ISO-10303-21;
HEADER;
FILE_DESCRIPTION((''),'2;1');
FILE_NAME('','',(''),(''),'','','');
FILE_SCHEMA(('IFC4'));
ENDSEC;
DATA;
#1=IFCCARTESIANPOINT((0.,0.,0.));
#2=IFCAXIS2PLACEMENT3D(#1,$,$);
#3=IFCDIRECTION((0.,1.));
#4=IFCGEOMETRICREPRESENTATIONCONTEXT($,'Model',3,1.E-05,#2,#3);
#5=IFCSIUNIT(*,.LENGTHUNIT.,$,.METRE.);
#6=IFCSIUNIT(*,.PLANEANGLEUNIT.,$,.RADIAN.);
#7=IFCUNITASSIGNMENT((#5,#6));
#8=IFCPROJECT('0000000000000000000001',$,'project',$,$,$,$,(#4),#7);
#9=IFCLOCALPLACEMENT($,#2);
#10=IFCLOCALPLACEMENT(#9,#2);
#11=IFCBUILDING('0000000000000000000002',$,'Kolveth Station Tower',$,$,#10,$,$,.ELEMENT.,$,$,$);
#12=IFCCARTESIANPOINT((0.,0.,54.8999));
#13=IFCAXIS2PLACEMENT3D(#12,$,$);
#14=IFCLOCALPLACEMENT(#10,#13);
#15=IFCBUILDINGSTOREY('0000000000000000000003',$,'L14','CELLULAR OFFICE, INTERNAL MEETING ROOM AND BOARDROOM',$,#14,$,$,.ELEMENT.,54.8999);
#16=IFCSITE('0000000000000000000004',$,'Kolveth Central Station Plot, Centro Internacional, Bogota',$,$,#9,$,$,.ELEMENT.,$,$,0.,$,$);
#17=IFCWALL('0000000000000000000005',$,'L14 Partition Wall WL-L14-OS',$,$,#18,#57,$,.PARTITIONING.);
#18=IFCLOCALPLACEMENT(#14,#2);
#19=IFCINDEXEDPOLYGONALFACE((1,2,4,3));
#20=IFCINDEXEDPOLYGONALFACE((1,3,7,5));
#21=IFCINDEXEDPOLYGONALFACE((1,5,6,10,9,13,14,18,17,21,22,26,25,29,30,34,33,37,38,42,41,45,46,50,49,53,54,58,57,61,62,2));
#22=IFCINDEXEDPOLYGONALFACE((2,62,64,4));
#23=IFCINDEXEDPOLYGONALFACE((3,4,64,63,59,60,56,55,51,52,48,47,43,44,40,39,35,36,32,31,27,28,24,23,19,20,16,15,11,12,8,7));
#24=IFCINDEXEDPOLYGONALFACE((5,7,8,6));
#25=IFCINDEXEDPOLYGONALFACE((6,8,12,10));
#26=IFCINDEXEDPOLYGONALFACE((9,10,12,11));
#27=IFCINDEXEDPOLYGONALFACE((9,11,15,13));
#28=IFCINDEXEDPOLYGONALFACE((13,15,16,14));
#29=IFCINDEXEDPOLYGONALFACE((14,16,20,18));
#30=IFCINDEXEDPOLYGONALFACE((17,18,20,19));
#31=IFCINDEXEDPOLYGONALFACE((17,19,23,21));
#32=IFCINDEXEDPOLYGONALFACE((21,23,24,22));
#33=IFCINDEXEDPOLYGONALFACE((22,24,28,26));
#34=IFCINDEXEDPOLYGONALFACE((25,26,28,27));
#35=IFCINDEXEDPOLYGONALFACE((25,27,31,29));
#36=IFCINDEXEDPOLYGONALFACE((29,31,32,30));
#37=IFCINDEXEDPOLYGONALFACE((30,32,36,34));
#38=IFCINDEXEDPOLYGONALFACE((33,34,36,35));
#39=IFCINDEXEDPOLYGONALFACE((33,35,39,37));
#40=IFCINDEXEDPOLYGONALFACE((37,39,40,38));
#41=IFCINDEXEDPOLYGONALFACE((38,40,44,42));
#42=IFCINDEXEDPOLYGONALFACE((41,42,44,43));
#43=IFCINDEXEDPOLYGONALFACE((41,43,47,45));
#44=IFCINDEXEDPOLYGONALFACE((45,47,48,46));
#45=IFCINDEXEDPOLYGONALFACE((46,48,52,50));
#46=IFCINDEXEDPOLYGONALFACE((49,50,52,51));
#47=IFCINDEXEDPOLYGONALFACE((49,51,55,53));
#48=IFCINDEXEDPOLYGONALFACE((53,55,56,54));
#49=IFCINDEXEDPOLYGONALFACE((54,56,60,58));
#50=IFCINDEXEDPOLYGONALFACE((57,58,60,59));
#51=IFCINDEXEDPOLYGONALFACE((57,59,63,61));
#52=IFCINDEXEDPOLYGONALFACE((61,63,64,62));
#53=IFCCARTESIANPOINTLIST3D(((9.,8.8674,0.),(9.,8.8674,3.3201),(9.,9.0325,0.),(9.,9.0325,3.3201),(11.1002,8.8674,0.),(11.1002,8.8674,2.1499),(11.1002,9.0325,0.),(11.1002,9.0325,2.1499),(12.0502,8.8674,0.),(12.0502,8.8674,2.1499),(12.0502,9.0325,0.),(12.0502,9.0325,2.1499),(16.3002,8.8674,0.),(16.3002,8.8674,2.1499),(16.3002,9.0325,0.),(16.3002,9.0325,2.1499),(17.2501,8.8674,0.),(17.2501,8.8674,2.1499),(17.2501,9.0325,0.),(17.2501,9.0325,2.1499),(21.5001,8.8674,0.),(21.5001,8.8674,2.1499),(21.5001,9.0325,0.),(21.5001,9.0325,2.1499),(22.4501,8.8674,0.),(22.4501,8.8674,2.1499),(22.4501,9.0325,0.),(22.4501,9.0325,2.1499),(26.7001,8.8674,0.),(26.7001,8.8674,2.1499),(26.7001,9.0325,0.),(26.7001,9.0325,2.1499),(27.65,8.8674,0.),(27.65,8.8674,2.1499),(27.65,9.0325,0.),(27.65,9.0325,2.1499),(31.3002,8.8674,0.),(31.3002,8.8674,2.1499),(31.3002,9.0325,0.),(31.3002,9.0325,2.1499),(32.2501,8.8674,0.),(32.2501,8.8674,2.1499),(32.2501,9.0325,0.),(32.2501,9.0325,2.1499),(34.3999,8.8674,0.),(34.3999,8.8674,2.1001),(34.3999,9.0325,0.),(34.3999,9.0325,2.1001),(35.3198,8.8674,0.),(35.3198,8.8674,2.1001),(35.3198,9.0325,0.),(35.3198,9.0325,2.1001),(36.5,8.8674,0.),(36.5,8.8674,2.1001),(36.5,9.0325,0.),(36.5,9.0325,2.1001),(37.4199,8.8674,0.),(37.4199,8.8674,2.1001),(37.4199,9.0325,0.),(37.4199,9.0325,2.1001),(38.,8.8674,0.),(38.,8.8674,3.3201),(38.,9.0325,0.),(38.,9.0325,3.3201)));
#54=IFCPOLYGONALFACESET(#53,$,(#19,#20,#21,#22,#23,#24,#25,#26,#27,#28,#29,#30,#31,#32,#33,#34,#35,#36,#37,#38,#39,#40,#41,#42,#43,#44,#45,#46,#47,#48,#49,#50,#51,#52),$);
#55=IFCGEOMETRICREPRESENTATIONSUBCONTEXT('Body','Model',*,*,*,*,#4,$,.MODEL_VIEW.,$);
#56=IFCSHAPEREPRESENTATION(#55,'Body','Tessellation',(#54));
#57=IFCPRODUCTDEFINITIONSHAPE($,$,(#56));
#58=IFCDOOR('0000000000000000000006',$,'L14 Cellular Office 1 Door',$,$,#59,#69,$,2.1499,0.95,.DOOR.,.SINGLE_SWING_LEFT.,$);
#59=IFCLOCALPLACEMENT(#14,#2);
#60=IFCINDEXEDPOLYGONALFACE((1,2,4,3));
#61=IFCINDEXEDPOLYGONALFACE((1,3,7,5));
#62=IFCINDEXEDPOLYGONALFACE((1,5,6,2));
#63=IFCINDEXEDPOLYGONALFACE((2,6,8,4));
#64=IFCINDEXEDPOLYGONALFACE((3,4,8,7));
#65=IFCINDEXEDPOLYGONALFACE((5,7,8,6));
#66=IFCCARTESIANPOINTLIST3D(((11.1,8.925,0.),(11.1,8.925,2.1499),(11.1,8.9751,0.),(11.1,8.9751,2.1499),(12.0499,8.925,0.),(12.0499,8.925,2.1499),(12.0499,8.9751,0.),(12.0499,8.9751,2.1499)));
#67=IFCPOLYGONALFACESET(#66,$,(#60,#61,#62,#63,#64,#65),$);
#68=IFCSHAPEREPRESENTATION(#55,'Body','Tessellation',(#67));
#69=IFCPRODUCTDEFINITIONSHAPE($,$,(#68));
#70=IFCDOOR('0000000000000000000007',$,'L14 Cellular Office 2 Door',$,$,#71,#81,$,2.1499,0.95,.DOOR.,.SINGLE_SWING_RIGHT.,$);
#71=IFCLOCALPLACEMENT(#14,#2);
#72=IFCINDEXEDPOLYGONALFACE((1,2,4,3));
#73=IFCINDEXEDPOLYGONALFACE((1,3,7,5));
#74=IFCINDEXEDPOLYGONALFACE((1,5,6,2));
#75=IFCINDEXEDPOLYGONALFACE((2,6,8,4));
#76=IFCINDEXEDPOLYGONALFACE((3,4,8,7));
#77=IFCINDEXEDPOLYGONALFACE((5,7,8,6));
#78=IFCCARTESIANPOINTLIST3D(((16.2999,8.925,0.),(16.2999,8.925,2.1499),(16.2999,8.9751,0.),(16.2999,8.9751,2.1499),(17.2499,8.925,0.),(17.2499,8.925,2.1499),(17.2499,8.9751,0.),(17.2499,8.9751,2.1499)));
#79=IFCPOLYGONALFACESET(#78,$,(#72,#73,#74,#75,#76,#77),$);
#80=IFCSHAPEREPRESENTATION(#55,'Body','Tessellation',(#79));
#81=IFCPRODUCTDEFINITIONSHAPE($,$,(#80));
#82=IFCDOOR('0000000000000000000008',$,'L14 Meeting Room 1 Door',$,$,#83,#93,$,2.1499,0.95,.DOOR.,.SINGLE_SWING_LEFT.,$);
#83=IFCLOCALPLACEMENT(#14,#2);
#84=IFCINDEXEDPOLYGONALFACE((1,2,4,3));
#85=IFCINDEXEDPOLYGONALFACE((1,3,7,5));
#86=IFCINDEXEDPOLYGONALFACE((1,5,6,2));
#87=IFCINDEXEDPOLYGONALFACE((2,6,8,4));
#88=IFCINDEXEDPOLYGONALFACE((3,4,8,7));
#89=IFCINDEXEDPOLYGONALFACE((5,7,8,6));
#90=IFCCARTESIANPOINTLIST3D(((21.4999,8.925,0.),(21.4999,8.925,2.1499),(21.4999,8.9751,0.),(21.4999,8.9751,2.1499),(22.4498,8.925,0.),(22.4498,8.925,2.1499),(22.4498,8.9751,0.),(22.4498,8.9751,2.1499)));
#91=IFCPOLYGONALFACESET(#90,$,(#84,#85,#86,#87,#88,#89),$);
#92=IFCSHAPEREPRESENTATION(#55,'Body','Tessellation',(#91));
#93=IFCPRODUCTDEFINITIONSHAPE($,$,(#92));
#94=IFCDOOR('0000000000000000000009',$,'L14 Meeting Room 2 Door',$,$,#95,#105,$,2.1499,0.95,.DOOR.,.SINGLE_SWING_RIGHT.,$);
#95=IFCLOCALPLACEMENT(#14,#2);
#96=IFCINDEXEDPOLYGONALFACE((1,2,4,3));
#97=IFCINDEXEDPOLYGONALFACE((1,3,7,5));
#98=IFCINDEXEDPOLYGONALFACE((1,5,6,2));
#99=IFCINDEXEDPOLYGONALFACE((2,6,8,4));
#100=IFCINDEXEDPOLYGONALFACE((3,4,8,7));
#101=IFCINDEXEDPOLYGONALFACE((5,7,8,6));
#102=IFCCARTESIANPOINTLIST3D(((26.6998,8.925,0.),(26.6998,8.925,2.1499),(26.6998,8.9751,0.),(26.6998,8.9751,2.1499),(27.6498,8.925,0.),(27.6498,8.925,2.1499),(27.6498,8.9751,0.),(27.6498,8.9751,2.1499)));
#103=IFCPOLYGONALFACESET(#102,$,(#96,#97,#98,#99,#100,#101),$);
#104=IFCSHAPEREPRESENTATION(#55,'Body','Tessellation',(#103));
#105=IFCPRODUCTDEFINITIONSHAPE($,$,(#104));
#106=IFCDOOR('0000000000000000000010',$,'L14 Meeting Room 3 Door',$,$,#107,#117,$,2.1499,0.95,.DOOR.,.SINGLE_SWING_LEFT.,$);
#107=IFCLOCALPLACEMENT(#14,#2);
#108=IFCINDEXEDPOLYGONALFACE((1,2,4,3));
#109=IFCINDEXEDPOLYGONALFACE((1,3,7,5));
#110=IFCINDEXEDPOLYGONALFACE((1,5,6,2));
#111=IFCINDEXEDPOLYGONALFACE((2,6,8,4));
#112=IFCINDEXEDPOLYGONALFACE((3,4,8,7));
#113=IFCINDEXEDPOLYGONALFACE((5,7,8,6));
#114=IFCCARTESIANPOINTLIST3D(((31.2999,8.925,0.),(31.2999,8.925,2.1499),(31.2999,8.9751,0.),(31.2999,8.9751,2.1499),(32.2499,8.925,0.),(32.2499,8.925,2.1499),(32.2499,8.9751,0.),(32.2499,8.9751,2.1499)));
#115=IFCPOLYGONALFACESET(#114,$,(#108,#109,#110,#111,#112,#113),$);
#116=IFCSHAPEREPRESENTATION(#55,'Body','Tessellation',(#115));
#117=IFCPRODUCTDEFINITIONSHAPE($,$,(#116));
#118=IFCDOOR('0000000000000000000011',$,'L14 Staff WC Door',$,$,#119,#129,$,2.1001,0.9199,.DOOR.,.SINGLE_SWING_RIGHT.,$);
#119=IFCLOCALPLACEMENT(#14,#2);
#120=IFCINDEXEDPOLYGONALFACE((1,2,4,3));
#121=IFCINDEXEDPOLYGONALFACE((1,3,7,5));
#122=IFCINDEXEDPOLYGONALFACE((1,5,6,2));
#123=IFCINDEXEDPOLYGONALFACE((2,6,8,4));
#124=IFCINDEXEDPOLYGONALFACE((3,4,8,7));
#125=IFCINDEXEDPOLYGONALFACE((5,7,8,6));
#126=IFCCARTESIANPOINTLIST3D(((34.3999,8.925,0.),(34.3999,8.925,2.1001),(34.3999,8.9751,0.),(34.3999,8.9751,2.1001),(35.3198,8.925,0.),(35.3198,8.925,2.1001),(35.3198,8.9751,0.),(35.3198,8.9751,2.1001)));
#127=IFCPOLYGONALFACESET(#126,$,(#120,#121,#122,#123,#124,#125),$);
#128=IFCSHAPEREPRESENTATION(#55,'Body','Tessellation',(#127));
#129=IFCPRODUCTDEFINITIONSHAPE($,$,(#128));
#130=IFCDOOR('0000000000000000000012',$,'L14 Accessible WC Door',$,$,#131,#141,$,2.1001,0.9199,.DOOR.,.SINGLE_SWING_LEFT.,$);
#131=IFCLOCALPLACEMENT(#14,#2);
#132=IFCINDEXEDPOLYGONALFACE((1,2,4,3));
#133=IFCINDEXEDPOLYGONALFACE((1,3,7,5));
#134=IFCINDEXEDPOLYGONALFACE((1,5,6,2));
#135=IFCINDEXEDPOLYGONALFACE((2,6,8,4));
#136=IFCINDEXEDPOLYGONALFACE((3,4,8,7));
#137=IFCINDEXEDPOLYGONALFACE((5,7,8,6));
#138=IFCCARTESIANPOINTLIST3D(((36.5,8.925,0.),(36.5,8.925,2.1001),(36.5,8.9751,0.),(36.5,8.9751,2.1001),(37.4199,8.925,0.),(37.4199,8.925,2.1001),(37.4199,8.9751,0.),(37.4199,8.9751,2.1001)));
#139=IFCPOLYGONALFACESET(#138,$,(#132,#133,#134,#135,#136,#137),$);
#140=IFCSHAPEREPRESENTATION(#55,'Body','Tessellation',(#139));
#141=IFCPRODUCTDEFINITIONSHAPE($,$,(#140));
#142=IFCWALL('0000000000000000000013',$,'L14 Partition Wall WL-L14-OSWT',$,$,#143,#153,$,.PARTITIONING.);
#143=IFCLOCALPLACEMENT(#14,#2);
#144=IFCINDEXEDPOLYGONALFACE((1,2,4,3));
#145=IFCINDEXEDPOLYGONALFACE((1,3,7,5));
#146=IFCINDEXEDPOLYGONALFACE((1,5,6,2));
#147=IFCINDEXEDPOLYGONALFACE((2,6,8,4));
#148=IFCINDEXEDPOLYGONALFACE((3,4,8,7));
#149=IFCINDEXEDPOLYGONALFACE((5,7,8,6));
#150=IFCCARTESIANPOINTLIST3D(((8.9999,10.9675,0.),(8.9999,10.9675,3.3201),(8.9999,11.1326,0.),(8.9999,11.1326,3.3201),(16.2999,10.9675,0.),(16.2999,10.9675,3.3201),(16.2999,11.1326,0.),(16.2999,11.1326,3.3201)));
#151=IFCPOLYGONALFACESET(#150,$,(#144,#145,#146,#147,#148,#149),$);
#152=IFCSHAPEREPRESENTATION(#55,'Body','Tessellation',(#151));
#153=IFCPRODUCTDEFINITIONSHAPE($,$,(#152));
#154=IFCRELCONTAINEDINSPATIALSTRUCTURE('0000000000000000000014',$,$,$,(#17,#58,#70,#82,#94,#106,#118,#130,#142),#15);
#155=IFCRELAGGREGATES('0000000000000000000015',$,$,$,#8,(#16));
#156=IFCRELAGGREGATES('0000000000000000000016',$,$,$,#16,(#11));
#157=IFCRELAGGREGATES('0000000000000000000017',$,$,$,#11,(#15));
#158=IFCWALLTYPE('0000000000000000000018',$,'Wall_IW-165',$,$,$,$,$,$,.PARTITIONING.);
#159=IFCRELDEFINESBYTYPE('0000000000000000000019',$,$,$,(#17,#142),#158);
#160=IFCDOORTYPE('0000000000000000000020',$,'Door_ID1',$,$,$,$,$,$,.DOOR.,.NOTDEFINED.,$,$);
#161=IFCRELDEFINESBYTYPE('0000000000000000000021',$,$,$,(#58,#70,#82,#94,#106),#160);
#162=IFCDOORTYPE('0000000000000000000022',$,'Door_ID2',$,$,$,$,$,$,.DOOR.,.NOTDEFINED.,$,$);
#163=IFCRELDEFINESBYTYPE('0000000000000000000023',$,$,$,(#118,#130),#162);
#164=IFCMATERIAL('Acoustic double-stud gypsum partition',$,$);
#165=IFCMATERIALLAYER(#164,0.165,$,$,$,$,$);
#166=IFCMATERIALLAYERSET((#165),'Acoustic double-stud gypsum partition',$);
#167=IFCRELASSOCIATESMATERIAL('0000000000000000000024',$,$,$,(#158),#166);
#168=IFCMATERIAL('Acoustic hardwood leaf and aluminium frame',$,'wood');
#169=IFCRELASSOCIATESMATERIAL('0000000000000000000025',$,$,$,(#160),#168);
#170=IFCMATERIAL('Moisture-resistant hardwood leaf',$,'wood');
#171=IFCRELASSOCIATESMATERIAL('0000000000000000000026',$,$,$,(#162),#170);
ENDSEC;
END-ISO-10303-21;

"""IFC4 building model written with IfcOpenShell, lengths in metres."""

from ifc_helpers import new_model, si_unit, direction, frame, frame_2d, origin, place, context, subcontext, project, spatial, rectangle, extrude, material, layer, layer_set, type_object, element, fill, save


model = new_model("IFC4")

# Units and contexts
model_context = context("Model", 3, precision=1e-05, world=origin(), true_north=direction((0.0, 1.0)))
body_context = subcontext(model_context, "Body", "Model", "MODEL_VIEW")
ifc_project = project(units=[si_unit("LENGTHUNIT", "METRE"), si_unit("PLANEANGLEUNIT", "RADIAN")], contexts=[model_context])

# Site, building, storey
site_placement = place(None, origin())
site = spatial("IfcSite", under=ifc_project, at=site_placement, Name="Kolveth Central Station Plot, Centro Internacional, Bogota", CompositionType="ELEMENT", RefElevation=0.0)
building_placement = place(site_placement, origin())
building = spatial("IfcBuilding", under=site, at=building_placement, Name="Kolveth Station Tower", CompositionType="ELEMENT")
storey_placement = place(building_placement, frame((0.0, 0.0, 54.8999)))
storey = spatial("IfcBuildingStorey", under=building, at=storey_placement, Name="L14", Description="CELLULAR OFFICE, INTERNAL MEETING ROOM AND BOARDROOM", CompositionType="ELEMENT", Elevation=54.8999)

# Wall, openings, doors
ifc_material_1 = material(Name="Acoustic double-stud gypsum partition")
ifc_layer = layer(ifc_material_1, 0.165)
ifc_layer_set = layer_set([ifc_layer], Name="Acoustic double-stud gypsum partition")
wall_type = type_object("IfcWallType", Name="Wall_IW-165", PredefinedType="PARTITIONING", material=ifc_layer_set)
wall_1_placement = place(storey_placement, frame((9.0, 8.95, 0.0), z_axis=(0.0, 0.0, 1.0), x_axis=(1.0, 0.0, 0.0)))
wall_1 = element("IfcWall", 1, at=wall_1_placement, inside=storey, type_object=wall_type, Name="L14 Partition Wall WL-L14-OS", PredefinedType="PARTITIONING", context=body_context, shape_type="SweptSolid", body=[
    extrude(rectangle(XDim=29.0, YDim=0.165, at=frame_2d((14.5, 0.0))), origin(), (0.0, 0.0, 1.0), 3.3201),
])
opening_1_placement = place(wall_1_placement, frame((2.1001, 0.0, 0.0)))
opening_1 = element("IfcOpeningElement", 2, at=opening_1_placement, cuts=wall_1, PredefinedType="OPENING", context=body_context, shape_type="SweptSolid", body=[
    extrude(rectangle(XDim=0.95, YDim=2.1499, at=frame_2d((0.4751, 1.075))), frame((0.0, 0.0925, 0.0), z_axis=(0.0, -1.0, 0.0), x_axis=(1.0, 0.0, 0.0)), (0.0, 0.0, 1.0), 0.1851),
])
opening_2_placement = place(wall_1_placement, frame((7.3, 0.0, 0.0)))
opening_2 = element("IfcOpeningElement", 3, at=opening_2_placement, cuts=wall_1, PredefinedType="OPENING", context=body_context, shape_type="SweptSolid", body=[
    extrude(rectangle(XDim=0.95, YDim=2.1499, at=frame_2d((0.4751, 1.075))), frame((0.0, 0.0925, 0.0), z_axis=(0.0, -1.0, 0.0), x_axis=(1.0, 0.0, 0.0)), (0.0, 0.0, 1.0), 0.1851),
])
opening_3_placement = place(wall_1_placement, frame((12.5, 0.0, 0.0)))
opening_3 = element("IfcOpeningElement", 4, at=opening_3_placement, cuts=wall_1, PredefinedType="OPENING", context=body_context, shape_type="SweptSolid", body=[
    extrude(rectangle(XDim=0.95, YDim=2.1499, at=frame_2d((0.4751, 1.075))), frame((0.0, 0.0925, 0.0), z_axis=(0.0, -1.0, 0.0), x_axis=(1.0, 0.0, 0.0)), (0.0, 0.0, 1.0), 0.1851),
])
opening_4_placement = place(wall_1_placement, frame((17.7, 0.0, 0.0)))
opening_4 = element("IfcOpeningElement", 5, at=opening_4_placement, cuts=wall_1, PredefinedType="OPENING", context=body_context, shape_type="SweptSolid", body=[
    extrude(rectangle(XDim=0.95, YDim=2.1499, at=frame_2d((0.4751, 1.075))), frame((0.0, 0.0925, 0.0), z_axis=(0.0, -1.0, 0.0), x_axis=(1.0, 0.0, 0.0)), (0.0, 0.0, 1.0), 0.1851),
])
opening_5_placement = place(wall_1_placement, frame((22.3, 0.0, 0.0)))
opening_5 = element("IfcOpeningElement", 6, at=opening_5_placement, cuts=wall_1, PredefinedType="OPENING", context=body_context, shape_type="SweptSolid", body=[
    extrude(rectangle(XDim=0.95, YDim=2.1499, at=frame_2d((0.4751, 1.075))), frame((0.0, 0.0925, 0.0), z_axis=(0.0, -1.0, 0.0), x_axis=(1.0, 0.0, 0.0)), (0.0, 0.0, 1.0), 0.1851),
])
opening_6_placement = place(wall_1_placement, frame((25.3999, 0.0, 0.0)))
opening_6 = element("IfcOpeningElement", 7, at=opening_6_placement, cuts=wall_1, PredefinedType="OPENING", context=body_context, shape_type="SweptSolid", body=[
    extrude(rectangle(XDim=0.9199, YDim=2.1001, at=frame_2d((0.46, 1.05))), frame((0.0, 0.0925, 0.0), z_axis=(0.0, -1.0, 0.0), x_axis=(1.0, 0.0, 0.0)), (0.0, 0.0, 1.0), 0.1851),
])
opening_7_placement = place(wall_1_placement, frame((27.5, 0.0, 0.0)))
opening_7 = element("IfcOpeningElement", 8, at=opening_7_placement, cuts=wall_1, PredefinedType="OPENING", context=body_context, shape_type="SweptSolid", body=[
    extrude(rectangle(XDim=0.9199, YDim=2.1001, at=frame_2d((0.46, 1.05))), frame((0.0, 0.0925, 0.0), z_axis=(0.0, -1.0, 0.0), x_axis=(1.0, 0.0, 0.0)), (0.0, 0.0, 1.0), 0.1851),
])
ifc_material_2 = material(Name="Acoustic hardwood leaf and aluminium frame", Category="wood")
door_type_1 = type_object("IfcDoorType", Name="Door_ID1", OperationType="NOTDEFINED", PredefinedType="DOOR", material=ifc_material_2)
door_1_placement = place(opening_1_placement, frame((0.95, 0.0, 0.0), z_axis=(0.0, 0.0, 1.0), x_axis=(-1.0, 0.0, 0.0)))
door_1 = element("IfcDoor", 9, at=door_1_placement, inside=storey, type_object=door_type_1, Name="L14 Cellular Office 1 Door", OperationType="SINGLE_SWING_LEFT", OverallHeight=2.1499, OverallWidth=0.95, PredefinedType="DOOR", context=body_context, shape_type="SweptSolid", body=[
    extrude(rectangle(XDim=0.95, YDim=2.1499, at=frame_2d((0.4751, 1.075))), frame((0.0, 0.0249, 0.0), z_axis=(0.0, -1.0, 0.0), x_axis=(1.0, 0.0, 0.0)), (0.0, 0.0, 1.0), 0.05),
])
fill(opening_1, door_1)
door_2_placement = place(opening_2_placement, frame((0.95, 0.0, 0.0), z_axis=(0.0, 0.0, 1.0), x_axis=(-1.0, 0.0, 0.0)))
door_2 = element("IfcDoor", 10, at=door_2_placement, inside=storey, type_object=door_type_1, Name="L14 Cellular Office 2 Door", OperationType="SINGLE_SWING_RIGHT", OverallHeight=2.1499, OverallWidth=0.95, PredefinedType="DOOR", context=body_context, shape_type="SweptSolid", body=[
    extrude(rectangle(XDim=0.95, YDim=2.1499, at=frame_2d((0.4751, 1.075))), frame((0.0, 0.0249, 0.0), z_axis=(0.0, -1.0, 0.0), x_axis=(1.0, 0.0, 0.0)), (0.0, 0.0, 1.0), 0.05),
])
fill(opening_2, door_2)
door_3_placement = place(opening_3_placement, frame((0.95, 0.0, 0.0), z_axis=(0.0, 0.0, 1.0), x_axis=(-1.0, 0.0, 0.0)))
door_3 = element("IfcDoor", 11, at=door_3_placement, inside=storey, type_object=door_type_1, Name="L14 Meeting Room 1 Door", OperationType="SINGLE_SWING_LEFT", OverallHeight=2.1499, OverallWidth=0.95, PredefinedType="DOOR", context=body_context, shape_type="SweptSolid", body=[
    extrude(rectangle(XDim=0.95, YDim=2.1499, at=frame_2d((0.4751, 1.075))), frame((0.0, 0.0249, 0.0), z_axis=(0.0, -1.0, 0.0), x_axis=(1.0, 0.0, 0.0)), (0.0, 0.0, 1.0), 0.05),
])
fill(opening_3, door_3)
door_4_placement = place(opening_4_placement, frame((0.95, 0.0, 0.0), z_axis=(0.0, 0.0, 1.0), x_axis=(-1.0, 0.0, 0.0)))
door_4 = element("IfcDoor", 12, at=door_4_placement, inside=storey, type_object=door_type_1, Name="L14 Meeting Room 2 Door", OperationType="SINGLE_SWING_RIGHT", OverallHeight=2.1499, OverallWidth=0.95, PredefinedType="DOOR", context=body_context, shape_type="SweptSolid", body=[
    extrude(rectangle(XDim=0.95, YDim=2.1499, at=frame_2d((0.4751, 1.075))), frame((0.0, 0.0249, 0.0), z_axis=(0.0, -1.0, 0.0), x_axis=(1.0, 0.0, 0.0)), (0.0, 0.0, 1.0), 0.05),
])
fill(opening_4, door_4)
door_5_placement = place(opening_5_placement, frame((0.95, 0.0, 0.0), z_axis=(0.0, 0.0, 1.0), x_axis=(-1.0, 0.0, 0.0)))
door_5 = element("IfcDoor", 13, at=door_5_placement, inside=storey, type_object=door_type_1, Name="L14 Meeting Room 3 Door", OperationType="SINGLE_SWING_LEFT", OverallHeight=2.1499, OverallWidth=0.95, PredefinedType="DOOR", context=body_context, shape_type="SweptSolid", body=[
    extrude(rectangle(XDim=0.95, YDim=2.1499, at=frame_2d((0.4751, 1.075))), frame((0.0, 0.0249, 0.0), z_axis=(0.0, -1.0, 0.0), x_axis=(1.0, 0.0, 0.0)), (0.0, 0.0, 1.0), 0.05),
])
fill(opening_5, door_5)
ifc_material_3 = material(Name="Moisture-resistant hardwood leaf", Category="wood")
door_type_2 = type_object("IfcDoorType", Name="Door_ID2", OperationType="NOTDEFINED", PredefinedType="DOOR", material=ifc_material_3)
door_6_placement = place(opening_6_placement, frame((0.9199, 0.0, 0.0), z_axis=(0.0, 0.0, 1.0), x_axis=(-1.0, 0.0, 0.0)))
door_6 = element("IfcDoor", 14, at=door_6_placement, inside=storey, type_object=door_type_2, Name="L14 Staff WC Door", OperationType="SINGLE_SWING_RIGHT", OverallHeight=2.1001, OverallWidth=0.9199, PredefinedType="DOOR", context=body_context, shape_type="SweptSolid", body=[
    extrude(rectangle(XDim=0.9199, YDim=2.1001, at=frame_2d((0.46, 1.05))), frame((0.0, 0.0249, 0.0), z_axis=(0.0, -1.0, 0.0), x_axis=(1.0, 0.0, 0.0)), (0.0, 0.0, 1.0), 0.05),
])
fill(opening_6, door_6)
door_7_placement = place(opening_7_placement, frame((0.9199, 0.0, 0.0), z_axis=(0.0, 0.0, 1.0), x_axis=(-1.0, 0.0, 0.0)))
door_7 = element("IfcDoor", 15, at=door_7_placement, inside=storey, type_object=door_type_2, Name="L14 Accessible WC Door", OperationType="SINGLE_SWING_LEFT", OverallHeight=2.1001, OverallWidth=0.9199, PredefinedType="DOOR", context=body_context, shape_type="SweptSolid", body=[
    extrude(rectangle(XDim=0.9199, YDim=2.1001, at=frame_2d((0.46, 1.05))), frame((0.0, 0.0249, 0.0), z_axis=(0.0, -1.0, 0.0), x_axis=(1.0, 0.0, 0.0)), (0.0, 0.0, 1.0), 0.05),
])
fill(opening_7, door_7)

# Wall
wall_2_placement = place(storey_placement, frame((9.0, 11.05, 0.0), z_axis=(0.0, 0.0, 1.0), x_axis=(1.0, 0.0, 0.0)))
element("IfcWall", 16, at=wall_2_placement, inside=storey, type_object=wall_type, Name="L14 Partition Wall WL-L14-OSWT", PredefinedType="PARTITIONING", context=body_context, shape_type="SweptSolid", body=[
    extrude(rectangle(XDim=7.3, YDim=0.165, at=frame_2d((3.6499, 0.0))), origin(), (0.0, 0.0, 1.0), 3.3201),
])

save(model, "model.ifc")
